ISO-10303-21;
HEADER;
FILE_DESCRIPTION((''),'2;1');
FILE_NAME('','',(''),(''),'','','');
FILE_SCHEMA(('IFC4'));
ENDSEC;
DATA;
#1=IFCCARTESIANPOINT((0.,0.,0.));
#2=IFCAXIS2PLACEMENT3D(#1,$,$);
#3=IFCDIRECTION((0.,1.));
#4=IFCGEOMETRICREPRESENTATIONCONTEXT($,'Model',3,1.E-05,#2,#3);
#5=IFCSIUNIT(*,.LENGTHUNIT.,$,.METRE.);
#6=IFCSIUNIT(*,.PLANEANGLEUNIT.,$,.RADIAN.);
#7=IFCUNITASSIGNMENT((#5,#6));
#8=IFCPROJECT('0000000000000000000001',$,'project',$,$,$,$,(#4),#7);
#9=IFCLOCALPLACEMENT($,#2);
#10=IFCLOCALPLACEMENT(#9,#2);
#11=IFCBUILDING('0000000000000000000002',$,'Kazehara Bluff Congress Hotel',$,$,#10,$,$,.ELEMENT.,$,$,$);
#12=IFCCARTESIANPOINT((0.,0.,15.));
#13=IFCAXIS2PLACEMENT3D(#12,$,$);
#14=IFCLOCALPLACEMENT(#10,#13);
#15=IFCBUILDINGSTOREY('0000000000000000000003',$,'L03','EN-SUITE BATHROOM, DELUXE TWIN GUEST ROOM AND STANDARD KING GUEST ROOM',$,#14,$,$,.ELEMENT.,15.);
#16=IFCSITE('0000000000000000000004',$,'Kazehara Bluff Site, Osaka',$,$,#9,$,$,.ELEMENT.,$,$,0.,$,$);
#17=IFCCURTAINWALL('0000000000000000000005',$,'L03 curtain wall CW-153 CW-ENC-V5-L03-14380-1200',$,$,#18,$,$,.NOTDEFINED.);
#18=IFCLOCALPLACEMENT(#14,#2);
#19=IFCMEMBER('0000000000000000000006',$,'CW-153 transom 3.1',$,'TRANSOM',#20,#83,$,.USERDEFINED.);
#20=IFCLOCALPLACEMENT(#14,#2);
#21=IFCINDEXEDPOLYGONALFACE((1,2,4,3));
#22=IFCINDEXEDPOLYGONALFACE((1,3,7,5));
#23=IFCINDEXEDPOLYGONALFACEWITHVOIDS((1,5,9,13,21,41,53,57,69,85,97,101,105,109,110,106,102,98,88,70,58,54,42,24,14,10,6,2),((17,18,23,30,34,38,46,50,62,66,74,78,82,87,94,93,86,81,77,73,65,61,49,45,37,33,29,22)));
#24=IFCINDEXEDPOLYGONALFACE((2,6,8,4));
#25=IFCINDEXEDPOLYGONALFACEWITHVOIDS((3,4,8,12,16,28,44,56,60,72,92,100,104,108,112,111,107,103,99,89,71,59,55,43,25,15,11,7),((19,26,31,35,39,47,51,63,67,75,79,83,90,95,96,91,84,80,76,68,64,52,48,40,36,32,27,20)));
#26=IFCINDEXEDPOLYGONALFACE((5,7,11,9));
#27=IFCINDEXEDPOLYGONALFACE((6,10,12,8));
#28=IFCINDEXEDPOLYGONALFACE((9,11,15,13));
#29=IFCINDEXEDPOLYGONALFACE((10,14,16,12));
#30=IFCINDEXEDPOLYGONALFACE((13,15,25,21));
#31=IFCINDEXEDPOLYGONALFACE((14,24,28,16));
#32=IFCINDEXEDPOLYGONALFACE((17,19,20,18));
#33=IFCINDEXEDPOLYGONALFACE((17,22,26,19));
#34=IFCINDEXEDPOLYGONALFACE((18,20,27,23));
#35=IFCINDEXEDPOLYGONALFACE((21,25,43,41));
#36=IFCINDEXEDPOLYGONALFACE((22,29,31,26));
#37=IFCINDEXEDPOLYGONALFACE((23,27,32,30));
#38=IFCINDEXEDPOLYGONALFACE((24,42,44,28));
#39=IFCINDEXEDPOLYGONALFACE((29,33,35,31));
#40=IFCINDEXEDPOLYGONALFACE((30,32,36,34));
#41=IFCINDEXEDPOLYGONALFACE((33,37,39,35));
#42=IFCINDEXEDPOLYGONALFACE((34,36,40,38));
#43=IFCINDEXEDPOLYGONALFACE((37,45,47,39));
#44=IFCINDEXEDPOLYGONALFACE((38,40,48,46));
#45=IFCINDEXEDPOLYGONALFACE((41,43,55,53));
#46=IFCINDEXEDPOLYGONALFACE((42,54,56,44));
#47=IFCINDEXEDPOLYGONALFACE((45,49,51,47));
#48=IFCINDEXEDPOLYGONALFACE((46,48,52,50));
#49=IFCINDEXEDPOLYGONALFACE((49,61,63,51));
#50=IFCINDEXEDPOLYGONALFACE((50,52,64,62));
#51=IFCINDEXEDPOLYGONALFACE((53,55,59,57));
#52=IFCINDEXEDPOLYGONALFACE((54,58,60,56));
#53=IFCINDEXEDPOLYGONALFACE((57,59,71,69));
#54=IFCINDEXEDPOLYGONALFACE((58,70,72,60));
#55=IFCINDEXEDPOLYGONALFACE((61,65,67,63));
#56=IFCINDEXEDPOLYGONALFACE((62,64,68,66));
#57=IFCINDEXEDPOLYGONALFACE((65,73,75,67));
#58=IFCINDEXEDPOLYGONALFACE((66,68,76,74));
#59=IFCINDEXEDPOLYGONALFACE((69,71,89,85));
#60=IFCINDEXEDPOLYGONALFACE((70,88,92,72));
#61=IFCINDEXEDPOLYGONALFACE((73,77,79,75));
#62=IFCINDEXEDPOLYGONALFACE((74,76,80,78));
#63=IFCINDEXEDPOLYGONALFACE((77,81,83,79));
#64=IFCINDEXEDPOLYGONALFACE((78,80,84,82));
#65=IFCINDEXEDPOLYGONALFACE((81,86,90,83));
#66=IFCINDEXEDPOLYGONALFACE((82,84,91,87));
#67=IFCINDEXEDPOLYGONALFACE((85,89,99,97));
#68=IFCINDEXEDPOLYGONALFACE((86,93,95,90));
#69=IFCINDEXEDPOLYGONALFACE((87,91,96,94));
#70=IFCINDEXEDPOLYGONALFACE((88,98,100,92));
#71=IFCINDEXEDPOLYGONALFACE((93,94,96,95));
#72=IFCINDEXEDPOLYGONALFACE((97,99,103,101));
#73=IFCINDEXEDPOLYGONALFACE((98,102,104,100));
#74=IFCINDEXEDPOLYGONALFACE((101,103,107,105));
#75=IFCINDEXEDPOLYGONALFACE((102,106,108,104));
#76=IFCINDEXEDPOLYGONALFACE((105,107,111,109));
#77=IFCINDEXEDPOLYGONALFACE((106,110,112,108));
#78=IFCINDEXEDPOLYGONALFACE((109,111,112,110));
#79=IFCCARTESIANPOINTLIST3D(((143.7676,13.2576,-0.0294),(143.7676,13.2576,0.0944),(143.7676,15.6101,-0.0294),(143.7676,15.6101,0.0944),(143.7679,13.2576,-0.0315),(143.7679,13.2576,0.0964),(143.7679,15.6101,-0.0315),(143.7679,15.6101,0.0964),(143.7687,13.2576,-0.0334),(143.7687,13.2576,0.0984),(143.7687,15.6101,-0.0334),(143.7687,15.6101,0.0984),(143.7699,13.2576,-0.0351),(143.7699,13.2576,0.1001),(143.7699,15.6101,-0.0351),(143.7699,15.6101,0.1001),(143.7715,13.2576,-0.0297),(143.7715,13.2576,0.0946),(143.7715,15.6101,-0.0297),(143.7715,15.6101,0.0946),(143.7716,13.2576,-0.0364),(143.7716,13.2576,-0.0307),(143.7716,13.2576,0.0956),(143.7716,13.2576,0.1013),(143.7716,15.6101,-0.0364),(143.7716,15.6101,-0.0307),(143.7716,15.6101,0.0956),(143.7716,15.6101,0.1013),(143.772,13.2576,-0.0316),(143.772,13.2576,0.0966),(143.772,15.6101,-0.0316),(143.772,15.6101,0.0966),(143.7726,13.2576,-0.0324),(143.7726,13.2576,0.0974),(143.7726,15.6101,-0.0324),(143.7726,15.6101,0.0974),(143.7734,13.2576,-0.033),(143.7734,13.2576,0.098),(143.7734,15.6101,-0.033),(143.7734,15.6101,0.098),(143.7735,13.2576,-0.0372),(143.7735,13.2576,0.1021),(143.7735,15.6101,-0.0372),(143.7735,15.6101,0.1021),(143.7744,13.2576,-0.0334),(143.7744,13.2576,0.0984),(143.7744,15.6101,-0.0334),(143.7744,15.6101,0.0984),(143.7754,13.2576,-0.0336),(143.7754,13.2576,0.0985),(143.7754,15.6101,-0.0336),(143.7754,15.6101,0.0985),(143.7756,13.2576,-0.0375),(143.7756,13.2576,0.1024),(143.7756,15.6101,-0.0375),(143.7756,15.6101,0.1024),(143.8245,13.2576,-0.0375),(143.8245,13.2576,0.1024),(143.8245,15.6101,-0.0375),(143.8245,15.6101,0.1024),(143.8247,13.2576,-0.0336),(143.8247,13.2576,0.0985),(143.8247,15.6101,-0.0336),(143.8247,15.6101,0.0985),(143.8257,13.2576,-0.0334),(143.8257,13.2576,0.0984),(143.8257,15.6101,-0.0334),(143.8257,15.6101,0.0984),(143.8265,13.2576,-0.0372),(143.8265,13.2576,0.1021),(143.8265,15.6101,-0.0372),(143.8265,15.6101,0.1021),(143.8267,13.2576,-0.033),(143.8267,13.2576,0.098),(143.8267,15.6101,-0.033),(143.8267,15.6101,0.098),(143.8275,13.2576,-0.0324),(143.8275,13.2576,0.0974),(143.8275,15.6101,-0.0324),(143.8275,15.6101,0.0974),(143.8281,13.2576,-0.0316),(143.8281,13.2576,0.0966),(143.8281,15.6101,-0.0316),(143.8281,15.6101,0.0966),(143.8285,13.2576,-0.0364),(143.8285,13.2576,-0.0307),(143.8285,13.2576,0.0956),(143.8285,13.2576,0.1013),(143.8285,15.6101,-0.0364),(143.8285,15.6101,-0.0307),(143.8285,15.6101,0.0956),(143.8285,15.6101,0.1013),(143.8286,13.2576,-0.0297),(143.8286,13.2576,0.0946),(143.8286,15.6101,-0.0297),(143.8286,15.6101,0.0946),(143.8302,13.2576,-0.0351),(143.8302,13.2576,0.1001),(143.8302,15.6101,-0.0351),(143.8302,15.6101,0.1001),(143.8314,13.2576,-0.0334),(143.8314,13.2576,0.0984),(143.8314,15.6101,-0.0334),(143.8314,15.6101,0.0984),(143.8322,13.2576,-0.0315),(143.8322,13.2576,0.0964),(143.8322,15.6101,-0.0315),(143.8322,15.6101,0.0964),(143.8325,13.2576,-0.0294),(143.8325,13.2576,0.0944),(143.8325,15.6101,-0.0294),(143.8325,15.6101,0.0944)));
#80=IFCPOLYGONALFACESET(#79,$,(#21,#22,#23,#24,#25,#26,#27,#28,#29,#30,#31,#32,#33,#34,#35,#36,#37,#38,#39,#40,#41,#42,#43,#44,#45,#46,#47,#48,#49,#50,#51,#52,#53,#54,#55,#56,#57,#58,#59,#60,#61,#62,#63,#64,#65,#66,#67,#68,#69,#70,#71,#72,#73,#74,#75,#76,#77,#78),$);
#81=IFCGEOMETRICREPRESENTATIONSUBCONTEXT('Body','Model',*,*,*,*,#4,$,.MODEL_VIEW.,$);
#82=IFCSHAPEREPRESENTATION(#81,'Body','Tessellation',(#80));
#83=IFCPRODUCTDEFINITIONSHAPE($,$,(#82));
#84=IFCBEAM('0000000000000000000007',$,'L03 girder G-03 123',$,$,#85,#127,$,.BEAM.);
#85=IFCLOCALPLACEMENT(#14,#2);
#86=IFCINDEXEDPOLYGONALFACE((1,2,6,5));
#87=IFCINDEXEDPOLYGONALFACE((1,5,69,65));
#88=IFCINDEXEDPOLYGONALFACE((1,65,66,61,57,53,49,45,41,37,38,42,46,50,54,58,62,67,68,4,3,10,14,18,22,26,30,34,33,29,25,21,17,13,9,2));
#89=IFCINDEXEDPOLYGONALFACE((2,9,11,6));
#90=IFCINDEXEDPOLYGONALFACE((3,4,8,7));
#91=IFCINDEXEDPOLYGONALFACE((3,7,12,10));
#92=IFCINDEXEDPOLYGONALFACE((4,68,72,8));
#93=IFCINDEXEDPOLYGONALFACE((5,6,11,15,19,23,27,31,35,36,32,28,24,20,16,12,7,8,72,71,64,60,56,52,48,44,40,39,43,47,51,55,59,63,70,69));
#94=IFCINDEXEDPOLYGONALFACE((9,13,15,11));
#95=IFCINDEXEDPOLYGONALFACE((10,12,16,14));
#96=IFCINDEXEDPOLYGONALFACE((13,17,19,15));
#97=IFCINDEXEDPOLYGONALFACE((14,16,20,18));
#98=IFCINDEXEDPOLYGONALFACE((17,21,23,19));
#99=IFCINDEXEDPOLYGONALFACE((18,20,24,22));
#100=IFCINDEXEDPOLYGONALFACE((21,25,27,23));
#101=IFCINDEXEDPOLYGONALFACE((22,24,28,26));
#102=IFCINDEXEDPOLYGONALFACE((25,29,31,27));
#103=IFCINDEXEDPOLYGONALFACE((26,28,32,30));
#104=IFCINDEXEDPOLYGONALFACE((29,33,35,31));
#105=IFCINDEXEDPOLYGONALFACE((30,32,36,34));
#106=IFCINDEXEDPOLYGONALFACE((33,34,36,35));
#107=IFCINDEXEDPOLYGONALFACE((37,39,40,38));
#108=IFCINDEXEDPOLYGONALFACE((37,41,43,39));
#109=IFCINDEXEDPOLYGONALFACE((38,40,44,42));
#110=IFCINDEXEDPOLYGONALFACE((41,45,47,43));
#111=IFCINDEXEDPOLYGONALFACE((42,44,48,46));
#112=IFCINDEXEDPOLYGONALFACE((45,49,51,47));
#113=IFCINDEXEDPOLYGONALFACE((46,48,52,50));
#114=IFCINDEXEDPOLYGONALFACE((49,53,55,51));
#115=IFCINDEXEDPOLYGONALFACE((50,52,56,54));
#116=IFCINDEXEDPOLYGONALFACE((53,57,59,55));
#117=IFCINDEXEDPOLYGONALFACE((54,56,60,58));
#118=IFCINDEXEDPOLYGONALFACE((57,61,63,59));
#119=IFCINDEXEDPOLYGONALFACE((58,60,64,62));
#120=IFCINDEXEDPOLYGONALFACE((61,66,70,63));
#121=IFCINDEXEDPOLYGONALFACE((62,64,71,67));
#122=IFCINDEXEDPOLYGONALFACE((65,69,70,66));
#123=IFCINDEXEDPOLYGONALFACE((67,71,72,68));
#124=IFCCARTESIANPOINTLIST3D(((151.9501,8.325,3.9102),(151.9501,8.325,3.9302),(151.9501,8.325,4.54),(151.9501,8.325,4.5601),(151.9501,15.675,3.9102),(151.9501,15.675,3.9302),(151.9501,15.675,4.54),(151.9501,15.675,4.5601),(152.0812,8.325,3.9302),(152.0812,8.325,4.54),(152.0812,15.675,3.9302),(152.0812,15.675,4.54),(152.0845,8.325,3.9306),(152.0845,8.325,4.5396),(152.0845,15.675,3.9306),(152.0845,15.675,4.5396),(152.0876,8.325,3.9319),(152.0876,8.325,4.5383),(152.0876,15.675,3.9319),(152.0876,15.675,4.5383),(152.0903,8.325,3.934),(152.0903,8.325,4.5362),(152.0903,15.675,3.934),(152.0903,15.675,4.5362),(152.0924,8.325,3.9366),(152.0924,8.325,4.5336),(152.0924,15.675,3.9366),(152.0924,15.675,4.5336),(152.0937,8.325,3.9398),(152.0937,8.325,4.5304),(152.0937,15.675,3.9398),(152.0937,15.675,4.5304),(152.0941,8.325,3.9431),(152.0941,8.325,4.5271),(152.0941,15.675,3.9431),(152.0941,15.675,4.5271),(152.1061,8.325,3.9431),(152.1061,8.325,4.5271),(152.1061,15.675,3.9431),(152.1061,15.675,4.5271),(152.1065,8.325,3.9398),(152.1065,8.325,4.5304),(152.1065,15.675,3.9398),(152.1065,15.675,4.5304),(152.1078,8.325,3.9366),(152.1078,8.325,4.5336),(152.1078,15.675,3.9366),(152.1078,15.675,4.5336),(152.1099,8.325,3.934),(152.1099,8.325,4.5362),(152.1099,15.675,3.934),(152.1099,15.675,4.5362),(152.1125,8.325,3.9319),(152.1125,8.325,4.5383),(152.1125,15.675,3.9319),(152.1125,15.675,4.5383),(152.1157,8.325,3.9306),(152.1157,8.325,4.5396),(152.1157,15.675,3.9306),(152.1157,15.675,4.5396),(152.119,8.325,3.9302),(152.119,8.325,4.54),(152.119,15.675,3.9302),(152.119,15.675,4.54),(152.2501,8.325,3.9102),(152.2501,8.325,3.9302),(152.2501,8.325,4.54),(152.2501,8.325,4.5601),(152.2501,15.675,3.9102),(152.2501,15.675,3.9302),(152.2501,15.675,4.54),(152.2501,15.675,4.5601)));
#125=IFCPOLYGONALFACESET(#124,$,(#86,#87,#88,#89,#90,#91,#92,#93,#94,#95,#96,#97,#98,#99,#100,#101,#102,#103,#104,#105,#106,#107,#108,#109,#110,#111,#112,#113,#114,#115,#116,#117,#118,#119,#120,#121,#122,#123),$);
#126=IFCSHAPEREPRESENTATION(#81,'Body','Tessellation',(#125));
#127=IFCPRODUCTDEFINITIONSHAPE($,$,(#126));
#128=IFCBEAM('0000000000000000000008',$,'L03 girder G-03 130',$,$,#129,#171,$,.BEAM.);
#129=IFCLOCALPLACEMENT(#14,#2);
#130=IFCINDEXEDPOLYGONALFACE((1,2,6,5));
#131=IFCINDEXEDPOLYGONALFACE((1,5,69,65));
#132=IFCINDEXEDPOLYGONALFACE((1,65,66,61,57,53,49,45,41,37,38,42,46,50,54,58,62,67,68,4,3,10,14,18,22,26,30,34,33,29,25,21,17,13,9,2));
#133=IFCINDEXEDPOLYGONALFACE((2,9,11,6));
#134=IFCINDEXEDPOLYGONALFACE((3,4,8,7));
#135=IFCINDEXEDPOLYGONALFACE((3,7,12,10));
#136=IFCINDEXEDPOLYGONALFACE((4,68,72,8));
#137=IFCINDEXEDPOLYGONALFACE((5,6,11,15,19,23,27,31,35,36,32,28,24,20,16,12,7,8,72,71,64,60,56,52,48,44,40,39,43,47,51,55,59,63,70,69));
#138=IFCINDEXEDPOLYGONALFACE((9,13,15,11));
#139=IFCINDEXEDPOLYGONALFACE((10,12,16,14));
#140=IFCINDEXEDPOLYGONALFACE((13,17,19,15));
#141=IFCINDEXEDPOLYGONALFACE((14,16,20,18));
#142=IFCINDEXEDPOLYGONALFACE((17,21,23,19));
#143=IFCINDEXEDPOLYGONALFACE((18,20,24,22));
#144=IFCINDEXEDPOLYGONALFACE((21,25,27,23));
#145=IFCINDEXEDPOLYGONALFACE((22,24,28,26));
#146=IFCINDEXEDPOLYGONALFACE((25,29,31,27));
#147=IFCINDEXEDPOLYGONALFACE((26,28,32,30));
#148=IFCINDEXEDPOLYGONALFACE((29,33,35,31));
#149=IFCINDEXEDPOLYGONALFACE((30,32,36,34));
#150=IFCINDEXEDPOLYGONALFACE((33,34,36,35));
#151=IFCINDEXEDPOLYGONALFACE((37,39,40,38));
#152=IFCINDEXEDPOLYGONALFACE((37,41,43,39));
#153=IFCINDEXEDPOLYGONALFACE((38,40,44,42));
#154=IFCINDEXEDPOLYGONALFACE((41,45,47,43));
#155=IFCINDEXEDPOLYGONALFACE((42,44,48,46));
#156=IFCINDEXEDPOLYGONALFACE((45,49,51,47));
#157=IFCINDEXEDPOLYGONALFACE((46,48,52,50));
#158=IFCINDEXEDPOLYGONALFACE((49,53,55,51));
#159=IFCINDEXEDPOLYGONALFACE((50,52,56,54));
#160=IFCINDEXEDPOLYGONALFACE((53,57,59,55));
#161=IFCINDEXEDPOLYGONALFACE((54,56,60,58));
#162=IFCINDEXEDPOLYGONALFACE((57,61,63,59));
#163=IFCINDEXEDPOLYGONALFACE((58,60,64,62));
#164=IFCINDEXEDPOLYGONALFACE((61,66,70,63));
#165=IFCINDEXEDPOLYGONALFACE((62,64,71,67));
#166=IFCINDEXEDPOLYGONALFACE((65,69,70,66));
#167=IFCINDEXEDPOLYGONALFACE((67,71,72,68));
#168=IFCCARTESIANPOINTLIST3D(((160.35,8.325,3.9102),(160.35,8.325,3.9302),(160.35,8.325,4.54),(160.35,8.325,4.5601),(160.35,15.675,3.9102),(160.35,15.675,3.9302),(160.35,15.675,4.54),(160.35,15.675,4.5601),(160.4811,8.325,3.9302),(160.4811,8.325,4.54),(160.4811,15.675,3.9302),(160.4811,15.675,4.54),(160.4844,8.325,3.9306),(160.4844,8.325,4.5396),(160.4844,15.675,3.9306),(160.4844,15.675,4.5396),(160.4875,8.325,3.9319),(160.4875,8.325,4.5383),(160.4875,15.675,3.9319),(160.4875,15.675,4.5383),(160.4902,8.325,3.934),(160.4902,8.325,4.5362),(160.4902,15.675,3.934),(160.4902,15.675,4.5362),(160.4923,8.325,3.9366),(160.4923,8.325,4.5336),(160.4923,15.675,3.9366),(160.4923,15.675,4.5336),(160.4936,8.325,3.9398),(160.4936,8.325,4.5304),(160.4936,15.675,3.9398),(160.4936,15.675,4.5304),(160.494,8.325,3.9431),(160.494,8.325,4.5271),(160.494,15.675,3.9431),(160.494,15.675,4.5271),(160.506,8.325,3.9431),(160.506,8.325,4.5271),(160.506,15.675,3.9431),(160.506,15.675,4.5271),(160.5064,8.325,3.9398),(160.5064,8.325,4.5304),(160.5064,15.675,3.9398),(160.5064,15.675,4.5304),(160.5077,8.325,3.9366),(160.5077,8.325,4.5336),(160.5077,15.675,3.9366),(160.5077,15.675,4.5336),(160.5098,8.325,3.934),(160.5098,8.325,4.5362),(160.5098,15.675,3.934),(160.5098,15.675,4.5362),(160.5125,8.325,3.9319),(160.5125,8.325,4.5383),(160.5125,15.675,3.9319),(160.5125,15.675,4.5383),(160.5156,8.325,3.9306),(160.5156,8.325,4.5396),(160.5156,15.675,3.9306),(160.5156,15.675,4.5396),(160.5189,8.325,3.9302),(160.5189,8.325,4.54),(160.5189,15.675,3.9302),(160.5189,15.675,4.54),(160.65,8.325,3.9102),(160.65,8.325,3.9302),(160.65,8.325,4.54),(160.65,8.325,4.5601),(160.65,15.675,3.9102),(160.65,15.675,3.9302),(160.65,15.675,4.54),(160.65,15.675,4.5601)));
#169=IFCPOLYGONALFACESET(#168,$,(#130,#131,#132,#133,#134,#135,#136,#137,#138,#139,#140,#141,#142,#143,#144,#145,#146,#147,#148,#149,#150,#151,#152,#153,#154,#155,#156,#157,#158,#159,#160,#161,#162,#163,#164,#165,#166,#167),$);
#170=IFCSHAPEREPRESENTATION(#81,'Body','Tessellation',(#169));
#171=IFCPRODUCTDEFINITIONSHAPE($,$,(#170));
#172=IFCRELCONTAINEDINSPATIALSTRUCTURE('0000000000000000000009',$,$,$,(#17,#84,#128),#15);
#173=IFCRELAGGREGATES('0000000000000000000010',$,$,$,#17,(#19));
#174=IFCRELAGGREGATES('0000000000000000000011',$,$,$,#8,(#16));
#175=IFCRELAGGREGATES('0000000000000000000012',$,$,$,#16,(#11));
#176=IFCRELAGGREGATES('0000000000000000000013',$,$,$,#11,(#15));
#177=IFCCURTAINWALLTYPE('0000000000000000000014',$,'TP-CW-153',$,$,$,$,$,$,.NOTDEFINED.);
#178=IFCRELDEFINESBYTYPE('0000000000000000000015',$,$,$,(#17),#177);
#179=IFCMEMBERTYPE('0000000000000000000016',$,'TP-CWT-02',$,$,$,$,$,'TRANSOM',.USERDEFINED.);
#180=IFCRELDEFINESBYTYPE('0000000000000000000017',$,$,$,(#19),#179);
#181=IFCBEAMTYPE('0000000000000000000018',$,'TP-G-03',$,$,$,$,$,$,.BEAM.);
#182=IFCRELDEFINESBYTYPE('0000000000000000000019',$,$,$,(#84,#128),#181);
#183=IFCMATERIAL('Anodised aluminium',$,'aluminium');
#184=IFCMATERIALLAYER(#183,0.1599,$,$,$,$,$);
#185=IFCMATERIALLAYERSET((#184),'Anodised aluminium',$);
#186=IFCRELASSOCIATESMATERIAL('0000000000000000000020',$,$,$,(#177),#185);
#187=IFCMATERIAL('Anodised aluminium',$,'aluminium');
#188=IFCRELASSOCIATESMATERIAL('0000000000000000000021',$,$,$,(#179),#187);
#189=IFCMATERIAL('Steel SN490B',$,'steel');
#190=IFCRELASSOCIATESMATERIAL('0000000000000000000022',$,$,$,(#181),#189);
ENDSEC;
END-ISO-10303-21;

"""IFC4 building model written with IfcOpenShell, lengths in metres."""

from ifc_helpers import new_model, si_unit, direction, frame, origin, origin_2d, place, context, subcontext, project, spatial, hollow_rectangle, i_section, extrude, material, layer, layer_set, material_profile, profile_set, type_object, element, aggregate, save


model = new_model("IFC4")

# Units and contexts
model_context = context("Model", 3, precision=1e-05, world=origin(), true_north=direction((0.0, 1.0)))
body_context = subcontext(model_context, "Body", "Model", "MODEL_VIEW")
ifc_project = project(units=[si_unit("LENGTHUNIT", "METRE"), si_unit("PLANEANGLEUNIT", "RADIAN")], contexts=[model_context])

# Site, building, storey
site_placement = place(None, origin())
site = spatial("IfcSite", under=ifc_project, at=site_placement, Name="Kazehara Bluff Site, Osaka", CompositionType="ELEMENT", RefElevation=0.0)
building_placement = place(site_placement, origin())
building = spatial("IfcBuilding", under=site, at=building_placement, Name="Kazehara Bluff Congress Hotel", CompositionType="ELEMENT")
storey_placement = place(building_placement, frame((0.0, 0.0, 15.0)))
storey = spatial("IfcBuildingStorey", under=building, at=storey_placement, Name="L03", Description="EN-SUITE BATHROOM, DELUXE TWIN GUEST ROOM AND STANDARD KING GUEST ROOM", CompositionType="ELEMENT", Elevation=15.0)

# Curtain wall, member
ifc_material_1 = material(Name="Anodised aluminium", Category="aluminium")
ifc_layer_1 = layer(ifc_material_1, 0.1599)
ifc_layer_set_1 = layer_set([ifc_layer_1], Name="Anodised aluminium")
curtain_wall_type_1 = type_object("IfcCurtainWallType", Name="TP-CW-153", PredefinedType="NOTDEFINED", material=ifc_layer_set_1)
curtain_wall_1_placement = place(storey_placement, origin())
curtain_wall_1 = element("IfcCurtainWall", 1, at=curtain_wall_1_placement, inside=storey, type_object=curtain_wall_type_1, Name="L03 curtain wall CW-153 CW-ENC-V5-L03-14380-1200", PredefinedType="NOTDEFINED")
ifc_material_2 = material(Name="Anodised aluminium", Category="aluminium")
ifc_material_profile_1 = material_profile(ifc_material_2, hollow_rectangle(XDim=0.0649, YDim=0.1399, WallThickness=0.0039, InnerFilletRadius=0.0039, OuterFilletRadius=0.0081, at=origin_2d()))
ifc_profile_set_1 = profile_set([ifc_material_profile_1], Name="Anodised aluminium")
member_type_1 = type_object("IfcMemberType", Name="TP-CWT-02", ElementType="TRANSOM", PredefinedType="USERDEFINED", material=ifc_profile_set_1)
member_1_placement = place(storey_placement, frame((143.8, 13.2576, 0.0325), z_axis=(0.0, 1.0, 0.0), x_axis=(-1.0, 0.0, 0.0)))
member_1 = element("IfcMember", 2, at=member_1_placement, type_object=member_type_1, Name="CW-153 transom 3.1", ObjectType="TRANSOM", PredefinedType="USERDEFINED", context=body_context, shape_type="SweptSolid", body=[
    extrude(hollow_rectangle(XDim=0.0649, YDim=0.1399, WallThickness=0.0039, InnerFilletRadius=0.0039, OuterFilletRadius=0.0081, at=origin_2d()), origin(), (0.0, 0.0, 1.0), 2.3525),
])

# Beams
ifc_material_3 = material(Name="Steel SN490B", Category="steel")
ifc_material_profile_2 = material_profile(ifc_material_3, i_section(OverallWidth=0.3, OverallDepth=0.6499, WebThickness=0.012, FlangeThickness=0.02, FilletRadius=0.0129, at=origin_2d()))
ifc_profile_set_2 = profile_set([ifc_material_profile_2], Name="Steel SN490B")
beam_type_1 = type_object("IfcBeamType", Name="TP-G-03", PredefinedType="BEAM", material=ifc_profile_set_2)
for number, where, z_axis, x_axis, name in (
    (3, (152.1001, 8.325, 4.2351), (0.0, 1.0, 0.0), (-1.0, 0.0, 0.0), "L03 girder G-03 123"),
    (4, (160.5, 8.325, 4.2351), (0.0, 1.0, 0.0), (-1.0, 0.0, 0.0), "L03 girder G-03 130"),
):
    element("IfcBeam", number, at=place(storey_placement, frame(where, z_axis=z_axis, x_axis=x_axis)), inside=storey, type_object=beam_type_1, Name=name, PredefinedType="BEAM", context=body_context, shape_type="SweptSolid", body=[
        extrude(i_section(OverallWidth=0.3, OverallDepth=0.6499, WebThickness=0.012, FlangeThickness=0.02, FilletRadius=0.0129, at=origin_2d()), origin(), (0.0, 0.0, 1.0), 7.3501),
    ])

aggregate(curtain_wall_1, [member_1])

save(model, "model.ifc")
